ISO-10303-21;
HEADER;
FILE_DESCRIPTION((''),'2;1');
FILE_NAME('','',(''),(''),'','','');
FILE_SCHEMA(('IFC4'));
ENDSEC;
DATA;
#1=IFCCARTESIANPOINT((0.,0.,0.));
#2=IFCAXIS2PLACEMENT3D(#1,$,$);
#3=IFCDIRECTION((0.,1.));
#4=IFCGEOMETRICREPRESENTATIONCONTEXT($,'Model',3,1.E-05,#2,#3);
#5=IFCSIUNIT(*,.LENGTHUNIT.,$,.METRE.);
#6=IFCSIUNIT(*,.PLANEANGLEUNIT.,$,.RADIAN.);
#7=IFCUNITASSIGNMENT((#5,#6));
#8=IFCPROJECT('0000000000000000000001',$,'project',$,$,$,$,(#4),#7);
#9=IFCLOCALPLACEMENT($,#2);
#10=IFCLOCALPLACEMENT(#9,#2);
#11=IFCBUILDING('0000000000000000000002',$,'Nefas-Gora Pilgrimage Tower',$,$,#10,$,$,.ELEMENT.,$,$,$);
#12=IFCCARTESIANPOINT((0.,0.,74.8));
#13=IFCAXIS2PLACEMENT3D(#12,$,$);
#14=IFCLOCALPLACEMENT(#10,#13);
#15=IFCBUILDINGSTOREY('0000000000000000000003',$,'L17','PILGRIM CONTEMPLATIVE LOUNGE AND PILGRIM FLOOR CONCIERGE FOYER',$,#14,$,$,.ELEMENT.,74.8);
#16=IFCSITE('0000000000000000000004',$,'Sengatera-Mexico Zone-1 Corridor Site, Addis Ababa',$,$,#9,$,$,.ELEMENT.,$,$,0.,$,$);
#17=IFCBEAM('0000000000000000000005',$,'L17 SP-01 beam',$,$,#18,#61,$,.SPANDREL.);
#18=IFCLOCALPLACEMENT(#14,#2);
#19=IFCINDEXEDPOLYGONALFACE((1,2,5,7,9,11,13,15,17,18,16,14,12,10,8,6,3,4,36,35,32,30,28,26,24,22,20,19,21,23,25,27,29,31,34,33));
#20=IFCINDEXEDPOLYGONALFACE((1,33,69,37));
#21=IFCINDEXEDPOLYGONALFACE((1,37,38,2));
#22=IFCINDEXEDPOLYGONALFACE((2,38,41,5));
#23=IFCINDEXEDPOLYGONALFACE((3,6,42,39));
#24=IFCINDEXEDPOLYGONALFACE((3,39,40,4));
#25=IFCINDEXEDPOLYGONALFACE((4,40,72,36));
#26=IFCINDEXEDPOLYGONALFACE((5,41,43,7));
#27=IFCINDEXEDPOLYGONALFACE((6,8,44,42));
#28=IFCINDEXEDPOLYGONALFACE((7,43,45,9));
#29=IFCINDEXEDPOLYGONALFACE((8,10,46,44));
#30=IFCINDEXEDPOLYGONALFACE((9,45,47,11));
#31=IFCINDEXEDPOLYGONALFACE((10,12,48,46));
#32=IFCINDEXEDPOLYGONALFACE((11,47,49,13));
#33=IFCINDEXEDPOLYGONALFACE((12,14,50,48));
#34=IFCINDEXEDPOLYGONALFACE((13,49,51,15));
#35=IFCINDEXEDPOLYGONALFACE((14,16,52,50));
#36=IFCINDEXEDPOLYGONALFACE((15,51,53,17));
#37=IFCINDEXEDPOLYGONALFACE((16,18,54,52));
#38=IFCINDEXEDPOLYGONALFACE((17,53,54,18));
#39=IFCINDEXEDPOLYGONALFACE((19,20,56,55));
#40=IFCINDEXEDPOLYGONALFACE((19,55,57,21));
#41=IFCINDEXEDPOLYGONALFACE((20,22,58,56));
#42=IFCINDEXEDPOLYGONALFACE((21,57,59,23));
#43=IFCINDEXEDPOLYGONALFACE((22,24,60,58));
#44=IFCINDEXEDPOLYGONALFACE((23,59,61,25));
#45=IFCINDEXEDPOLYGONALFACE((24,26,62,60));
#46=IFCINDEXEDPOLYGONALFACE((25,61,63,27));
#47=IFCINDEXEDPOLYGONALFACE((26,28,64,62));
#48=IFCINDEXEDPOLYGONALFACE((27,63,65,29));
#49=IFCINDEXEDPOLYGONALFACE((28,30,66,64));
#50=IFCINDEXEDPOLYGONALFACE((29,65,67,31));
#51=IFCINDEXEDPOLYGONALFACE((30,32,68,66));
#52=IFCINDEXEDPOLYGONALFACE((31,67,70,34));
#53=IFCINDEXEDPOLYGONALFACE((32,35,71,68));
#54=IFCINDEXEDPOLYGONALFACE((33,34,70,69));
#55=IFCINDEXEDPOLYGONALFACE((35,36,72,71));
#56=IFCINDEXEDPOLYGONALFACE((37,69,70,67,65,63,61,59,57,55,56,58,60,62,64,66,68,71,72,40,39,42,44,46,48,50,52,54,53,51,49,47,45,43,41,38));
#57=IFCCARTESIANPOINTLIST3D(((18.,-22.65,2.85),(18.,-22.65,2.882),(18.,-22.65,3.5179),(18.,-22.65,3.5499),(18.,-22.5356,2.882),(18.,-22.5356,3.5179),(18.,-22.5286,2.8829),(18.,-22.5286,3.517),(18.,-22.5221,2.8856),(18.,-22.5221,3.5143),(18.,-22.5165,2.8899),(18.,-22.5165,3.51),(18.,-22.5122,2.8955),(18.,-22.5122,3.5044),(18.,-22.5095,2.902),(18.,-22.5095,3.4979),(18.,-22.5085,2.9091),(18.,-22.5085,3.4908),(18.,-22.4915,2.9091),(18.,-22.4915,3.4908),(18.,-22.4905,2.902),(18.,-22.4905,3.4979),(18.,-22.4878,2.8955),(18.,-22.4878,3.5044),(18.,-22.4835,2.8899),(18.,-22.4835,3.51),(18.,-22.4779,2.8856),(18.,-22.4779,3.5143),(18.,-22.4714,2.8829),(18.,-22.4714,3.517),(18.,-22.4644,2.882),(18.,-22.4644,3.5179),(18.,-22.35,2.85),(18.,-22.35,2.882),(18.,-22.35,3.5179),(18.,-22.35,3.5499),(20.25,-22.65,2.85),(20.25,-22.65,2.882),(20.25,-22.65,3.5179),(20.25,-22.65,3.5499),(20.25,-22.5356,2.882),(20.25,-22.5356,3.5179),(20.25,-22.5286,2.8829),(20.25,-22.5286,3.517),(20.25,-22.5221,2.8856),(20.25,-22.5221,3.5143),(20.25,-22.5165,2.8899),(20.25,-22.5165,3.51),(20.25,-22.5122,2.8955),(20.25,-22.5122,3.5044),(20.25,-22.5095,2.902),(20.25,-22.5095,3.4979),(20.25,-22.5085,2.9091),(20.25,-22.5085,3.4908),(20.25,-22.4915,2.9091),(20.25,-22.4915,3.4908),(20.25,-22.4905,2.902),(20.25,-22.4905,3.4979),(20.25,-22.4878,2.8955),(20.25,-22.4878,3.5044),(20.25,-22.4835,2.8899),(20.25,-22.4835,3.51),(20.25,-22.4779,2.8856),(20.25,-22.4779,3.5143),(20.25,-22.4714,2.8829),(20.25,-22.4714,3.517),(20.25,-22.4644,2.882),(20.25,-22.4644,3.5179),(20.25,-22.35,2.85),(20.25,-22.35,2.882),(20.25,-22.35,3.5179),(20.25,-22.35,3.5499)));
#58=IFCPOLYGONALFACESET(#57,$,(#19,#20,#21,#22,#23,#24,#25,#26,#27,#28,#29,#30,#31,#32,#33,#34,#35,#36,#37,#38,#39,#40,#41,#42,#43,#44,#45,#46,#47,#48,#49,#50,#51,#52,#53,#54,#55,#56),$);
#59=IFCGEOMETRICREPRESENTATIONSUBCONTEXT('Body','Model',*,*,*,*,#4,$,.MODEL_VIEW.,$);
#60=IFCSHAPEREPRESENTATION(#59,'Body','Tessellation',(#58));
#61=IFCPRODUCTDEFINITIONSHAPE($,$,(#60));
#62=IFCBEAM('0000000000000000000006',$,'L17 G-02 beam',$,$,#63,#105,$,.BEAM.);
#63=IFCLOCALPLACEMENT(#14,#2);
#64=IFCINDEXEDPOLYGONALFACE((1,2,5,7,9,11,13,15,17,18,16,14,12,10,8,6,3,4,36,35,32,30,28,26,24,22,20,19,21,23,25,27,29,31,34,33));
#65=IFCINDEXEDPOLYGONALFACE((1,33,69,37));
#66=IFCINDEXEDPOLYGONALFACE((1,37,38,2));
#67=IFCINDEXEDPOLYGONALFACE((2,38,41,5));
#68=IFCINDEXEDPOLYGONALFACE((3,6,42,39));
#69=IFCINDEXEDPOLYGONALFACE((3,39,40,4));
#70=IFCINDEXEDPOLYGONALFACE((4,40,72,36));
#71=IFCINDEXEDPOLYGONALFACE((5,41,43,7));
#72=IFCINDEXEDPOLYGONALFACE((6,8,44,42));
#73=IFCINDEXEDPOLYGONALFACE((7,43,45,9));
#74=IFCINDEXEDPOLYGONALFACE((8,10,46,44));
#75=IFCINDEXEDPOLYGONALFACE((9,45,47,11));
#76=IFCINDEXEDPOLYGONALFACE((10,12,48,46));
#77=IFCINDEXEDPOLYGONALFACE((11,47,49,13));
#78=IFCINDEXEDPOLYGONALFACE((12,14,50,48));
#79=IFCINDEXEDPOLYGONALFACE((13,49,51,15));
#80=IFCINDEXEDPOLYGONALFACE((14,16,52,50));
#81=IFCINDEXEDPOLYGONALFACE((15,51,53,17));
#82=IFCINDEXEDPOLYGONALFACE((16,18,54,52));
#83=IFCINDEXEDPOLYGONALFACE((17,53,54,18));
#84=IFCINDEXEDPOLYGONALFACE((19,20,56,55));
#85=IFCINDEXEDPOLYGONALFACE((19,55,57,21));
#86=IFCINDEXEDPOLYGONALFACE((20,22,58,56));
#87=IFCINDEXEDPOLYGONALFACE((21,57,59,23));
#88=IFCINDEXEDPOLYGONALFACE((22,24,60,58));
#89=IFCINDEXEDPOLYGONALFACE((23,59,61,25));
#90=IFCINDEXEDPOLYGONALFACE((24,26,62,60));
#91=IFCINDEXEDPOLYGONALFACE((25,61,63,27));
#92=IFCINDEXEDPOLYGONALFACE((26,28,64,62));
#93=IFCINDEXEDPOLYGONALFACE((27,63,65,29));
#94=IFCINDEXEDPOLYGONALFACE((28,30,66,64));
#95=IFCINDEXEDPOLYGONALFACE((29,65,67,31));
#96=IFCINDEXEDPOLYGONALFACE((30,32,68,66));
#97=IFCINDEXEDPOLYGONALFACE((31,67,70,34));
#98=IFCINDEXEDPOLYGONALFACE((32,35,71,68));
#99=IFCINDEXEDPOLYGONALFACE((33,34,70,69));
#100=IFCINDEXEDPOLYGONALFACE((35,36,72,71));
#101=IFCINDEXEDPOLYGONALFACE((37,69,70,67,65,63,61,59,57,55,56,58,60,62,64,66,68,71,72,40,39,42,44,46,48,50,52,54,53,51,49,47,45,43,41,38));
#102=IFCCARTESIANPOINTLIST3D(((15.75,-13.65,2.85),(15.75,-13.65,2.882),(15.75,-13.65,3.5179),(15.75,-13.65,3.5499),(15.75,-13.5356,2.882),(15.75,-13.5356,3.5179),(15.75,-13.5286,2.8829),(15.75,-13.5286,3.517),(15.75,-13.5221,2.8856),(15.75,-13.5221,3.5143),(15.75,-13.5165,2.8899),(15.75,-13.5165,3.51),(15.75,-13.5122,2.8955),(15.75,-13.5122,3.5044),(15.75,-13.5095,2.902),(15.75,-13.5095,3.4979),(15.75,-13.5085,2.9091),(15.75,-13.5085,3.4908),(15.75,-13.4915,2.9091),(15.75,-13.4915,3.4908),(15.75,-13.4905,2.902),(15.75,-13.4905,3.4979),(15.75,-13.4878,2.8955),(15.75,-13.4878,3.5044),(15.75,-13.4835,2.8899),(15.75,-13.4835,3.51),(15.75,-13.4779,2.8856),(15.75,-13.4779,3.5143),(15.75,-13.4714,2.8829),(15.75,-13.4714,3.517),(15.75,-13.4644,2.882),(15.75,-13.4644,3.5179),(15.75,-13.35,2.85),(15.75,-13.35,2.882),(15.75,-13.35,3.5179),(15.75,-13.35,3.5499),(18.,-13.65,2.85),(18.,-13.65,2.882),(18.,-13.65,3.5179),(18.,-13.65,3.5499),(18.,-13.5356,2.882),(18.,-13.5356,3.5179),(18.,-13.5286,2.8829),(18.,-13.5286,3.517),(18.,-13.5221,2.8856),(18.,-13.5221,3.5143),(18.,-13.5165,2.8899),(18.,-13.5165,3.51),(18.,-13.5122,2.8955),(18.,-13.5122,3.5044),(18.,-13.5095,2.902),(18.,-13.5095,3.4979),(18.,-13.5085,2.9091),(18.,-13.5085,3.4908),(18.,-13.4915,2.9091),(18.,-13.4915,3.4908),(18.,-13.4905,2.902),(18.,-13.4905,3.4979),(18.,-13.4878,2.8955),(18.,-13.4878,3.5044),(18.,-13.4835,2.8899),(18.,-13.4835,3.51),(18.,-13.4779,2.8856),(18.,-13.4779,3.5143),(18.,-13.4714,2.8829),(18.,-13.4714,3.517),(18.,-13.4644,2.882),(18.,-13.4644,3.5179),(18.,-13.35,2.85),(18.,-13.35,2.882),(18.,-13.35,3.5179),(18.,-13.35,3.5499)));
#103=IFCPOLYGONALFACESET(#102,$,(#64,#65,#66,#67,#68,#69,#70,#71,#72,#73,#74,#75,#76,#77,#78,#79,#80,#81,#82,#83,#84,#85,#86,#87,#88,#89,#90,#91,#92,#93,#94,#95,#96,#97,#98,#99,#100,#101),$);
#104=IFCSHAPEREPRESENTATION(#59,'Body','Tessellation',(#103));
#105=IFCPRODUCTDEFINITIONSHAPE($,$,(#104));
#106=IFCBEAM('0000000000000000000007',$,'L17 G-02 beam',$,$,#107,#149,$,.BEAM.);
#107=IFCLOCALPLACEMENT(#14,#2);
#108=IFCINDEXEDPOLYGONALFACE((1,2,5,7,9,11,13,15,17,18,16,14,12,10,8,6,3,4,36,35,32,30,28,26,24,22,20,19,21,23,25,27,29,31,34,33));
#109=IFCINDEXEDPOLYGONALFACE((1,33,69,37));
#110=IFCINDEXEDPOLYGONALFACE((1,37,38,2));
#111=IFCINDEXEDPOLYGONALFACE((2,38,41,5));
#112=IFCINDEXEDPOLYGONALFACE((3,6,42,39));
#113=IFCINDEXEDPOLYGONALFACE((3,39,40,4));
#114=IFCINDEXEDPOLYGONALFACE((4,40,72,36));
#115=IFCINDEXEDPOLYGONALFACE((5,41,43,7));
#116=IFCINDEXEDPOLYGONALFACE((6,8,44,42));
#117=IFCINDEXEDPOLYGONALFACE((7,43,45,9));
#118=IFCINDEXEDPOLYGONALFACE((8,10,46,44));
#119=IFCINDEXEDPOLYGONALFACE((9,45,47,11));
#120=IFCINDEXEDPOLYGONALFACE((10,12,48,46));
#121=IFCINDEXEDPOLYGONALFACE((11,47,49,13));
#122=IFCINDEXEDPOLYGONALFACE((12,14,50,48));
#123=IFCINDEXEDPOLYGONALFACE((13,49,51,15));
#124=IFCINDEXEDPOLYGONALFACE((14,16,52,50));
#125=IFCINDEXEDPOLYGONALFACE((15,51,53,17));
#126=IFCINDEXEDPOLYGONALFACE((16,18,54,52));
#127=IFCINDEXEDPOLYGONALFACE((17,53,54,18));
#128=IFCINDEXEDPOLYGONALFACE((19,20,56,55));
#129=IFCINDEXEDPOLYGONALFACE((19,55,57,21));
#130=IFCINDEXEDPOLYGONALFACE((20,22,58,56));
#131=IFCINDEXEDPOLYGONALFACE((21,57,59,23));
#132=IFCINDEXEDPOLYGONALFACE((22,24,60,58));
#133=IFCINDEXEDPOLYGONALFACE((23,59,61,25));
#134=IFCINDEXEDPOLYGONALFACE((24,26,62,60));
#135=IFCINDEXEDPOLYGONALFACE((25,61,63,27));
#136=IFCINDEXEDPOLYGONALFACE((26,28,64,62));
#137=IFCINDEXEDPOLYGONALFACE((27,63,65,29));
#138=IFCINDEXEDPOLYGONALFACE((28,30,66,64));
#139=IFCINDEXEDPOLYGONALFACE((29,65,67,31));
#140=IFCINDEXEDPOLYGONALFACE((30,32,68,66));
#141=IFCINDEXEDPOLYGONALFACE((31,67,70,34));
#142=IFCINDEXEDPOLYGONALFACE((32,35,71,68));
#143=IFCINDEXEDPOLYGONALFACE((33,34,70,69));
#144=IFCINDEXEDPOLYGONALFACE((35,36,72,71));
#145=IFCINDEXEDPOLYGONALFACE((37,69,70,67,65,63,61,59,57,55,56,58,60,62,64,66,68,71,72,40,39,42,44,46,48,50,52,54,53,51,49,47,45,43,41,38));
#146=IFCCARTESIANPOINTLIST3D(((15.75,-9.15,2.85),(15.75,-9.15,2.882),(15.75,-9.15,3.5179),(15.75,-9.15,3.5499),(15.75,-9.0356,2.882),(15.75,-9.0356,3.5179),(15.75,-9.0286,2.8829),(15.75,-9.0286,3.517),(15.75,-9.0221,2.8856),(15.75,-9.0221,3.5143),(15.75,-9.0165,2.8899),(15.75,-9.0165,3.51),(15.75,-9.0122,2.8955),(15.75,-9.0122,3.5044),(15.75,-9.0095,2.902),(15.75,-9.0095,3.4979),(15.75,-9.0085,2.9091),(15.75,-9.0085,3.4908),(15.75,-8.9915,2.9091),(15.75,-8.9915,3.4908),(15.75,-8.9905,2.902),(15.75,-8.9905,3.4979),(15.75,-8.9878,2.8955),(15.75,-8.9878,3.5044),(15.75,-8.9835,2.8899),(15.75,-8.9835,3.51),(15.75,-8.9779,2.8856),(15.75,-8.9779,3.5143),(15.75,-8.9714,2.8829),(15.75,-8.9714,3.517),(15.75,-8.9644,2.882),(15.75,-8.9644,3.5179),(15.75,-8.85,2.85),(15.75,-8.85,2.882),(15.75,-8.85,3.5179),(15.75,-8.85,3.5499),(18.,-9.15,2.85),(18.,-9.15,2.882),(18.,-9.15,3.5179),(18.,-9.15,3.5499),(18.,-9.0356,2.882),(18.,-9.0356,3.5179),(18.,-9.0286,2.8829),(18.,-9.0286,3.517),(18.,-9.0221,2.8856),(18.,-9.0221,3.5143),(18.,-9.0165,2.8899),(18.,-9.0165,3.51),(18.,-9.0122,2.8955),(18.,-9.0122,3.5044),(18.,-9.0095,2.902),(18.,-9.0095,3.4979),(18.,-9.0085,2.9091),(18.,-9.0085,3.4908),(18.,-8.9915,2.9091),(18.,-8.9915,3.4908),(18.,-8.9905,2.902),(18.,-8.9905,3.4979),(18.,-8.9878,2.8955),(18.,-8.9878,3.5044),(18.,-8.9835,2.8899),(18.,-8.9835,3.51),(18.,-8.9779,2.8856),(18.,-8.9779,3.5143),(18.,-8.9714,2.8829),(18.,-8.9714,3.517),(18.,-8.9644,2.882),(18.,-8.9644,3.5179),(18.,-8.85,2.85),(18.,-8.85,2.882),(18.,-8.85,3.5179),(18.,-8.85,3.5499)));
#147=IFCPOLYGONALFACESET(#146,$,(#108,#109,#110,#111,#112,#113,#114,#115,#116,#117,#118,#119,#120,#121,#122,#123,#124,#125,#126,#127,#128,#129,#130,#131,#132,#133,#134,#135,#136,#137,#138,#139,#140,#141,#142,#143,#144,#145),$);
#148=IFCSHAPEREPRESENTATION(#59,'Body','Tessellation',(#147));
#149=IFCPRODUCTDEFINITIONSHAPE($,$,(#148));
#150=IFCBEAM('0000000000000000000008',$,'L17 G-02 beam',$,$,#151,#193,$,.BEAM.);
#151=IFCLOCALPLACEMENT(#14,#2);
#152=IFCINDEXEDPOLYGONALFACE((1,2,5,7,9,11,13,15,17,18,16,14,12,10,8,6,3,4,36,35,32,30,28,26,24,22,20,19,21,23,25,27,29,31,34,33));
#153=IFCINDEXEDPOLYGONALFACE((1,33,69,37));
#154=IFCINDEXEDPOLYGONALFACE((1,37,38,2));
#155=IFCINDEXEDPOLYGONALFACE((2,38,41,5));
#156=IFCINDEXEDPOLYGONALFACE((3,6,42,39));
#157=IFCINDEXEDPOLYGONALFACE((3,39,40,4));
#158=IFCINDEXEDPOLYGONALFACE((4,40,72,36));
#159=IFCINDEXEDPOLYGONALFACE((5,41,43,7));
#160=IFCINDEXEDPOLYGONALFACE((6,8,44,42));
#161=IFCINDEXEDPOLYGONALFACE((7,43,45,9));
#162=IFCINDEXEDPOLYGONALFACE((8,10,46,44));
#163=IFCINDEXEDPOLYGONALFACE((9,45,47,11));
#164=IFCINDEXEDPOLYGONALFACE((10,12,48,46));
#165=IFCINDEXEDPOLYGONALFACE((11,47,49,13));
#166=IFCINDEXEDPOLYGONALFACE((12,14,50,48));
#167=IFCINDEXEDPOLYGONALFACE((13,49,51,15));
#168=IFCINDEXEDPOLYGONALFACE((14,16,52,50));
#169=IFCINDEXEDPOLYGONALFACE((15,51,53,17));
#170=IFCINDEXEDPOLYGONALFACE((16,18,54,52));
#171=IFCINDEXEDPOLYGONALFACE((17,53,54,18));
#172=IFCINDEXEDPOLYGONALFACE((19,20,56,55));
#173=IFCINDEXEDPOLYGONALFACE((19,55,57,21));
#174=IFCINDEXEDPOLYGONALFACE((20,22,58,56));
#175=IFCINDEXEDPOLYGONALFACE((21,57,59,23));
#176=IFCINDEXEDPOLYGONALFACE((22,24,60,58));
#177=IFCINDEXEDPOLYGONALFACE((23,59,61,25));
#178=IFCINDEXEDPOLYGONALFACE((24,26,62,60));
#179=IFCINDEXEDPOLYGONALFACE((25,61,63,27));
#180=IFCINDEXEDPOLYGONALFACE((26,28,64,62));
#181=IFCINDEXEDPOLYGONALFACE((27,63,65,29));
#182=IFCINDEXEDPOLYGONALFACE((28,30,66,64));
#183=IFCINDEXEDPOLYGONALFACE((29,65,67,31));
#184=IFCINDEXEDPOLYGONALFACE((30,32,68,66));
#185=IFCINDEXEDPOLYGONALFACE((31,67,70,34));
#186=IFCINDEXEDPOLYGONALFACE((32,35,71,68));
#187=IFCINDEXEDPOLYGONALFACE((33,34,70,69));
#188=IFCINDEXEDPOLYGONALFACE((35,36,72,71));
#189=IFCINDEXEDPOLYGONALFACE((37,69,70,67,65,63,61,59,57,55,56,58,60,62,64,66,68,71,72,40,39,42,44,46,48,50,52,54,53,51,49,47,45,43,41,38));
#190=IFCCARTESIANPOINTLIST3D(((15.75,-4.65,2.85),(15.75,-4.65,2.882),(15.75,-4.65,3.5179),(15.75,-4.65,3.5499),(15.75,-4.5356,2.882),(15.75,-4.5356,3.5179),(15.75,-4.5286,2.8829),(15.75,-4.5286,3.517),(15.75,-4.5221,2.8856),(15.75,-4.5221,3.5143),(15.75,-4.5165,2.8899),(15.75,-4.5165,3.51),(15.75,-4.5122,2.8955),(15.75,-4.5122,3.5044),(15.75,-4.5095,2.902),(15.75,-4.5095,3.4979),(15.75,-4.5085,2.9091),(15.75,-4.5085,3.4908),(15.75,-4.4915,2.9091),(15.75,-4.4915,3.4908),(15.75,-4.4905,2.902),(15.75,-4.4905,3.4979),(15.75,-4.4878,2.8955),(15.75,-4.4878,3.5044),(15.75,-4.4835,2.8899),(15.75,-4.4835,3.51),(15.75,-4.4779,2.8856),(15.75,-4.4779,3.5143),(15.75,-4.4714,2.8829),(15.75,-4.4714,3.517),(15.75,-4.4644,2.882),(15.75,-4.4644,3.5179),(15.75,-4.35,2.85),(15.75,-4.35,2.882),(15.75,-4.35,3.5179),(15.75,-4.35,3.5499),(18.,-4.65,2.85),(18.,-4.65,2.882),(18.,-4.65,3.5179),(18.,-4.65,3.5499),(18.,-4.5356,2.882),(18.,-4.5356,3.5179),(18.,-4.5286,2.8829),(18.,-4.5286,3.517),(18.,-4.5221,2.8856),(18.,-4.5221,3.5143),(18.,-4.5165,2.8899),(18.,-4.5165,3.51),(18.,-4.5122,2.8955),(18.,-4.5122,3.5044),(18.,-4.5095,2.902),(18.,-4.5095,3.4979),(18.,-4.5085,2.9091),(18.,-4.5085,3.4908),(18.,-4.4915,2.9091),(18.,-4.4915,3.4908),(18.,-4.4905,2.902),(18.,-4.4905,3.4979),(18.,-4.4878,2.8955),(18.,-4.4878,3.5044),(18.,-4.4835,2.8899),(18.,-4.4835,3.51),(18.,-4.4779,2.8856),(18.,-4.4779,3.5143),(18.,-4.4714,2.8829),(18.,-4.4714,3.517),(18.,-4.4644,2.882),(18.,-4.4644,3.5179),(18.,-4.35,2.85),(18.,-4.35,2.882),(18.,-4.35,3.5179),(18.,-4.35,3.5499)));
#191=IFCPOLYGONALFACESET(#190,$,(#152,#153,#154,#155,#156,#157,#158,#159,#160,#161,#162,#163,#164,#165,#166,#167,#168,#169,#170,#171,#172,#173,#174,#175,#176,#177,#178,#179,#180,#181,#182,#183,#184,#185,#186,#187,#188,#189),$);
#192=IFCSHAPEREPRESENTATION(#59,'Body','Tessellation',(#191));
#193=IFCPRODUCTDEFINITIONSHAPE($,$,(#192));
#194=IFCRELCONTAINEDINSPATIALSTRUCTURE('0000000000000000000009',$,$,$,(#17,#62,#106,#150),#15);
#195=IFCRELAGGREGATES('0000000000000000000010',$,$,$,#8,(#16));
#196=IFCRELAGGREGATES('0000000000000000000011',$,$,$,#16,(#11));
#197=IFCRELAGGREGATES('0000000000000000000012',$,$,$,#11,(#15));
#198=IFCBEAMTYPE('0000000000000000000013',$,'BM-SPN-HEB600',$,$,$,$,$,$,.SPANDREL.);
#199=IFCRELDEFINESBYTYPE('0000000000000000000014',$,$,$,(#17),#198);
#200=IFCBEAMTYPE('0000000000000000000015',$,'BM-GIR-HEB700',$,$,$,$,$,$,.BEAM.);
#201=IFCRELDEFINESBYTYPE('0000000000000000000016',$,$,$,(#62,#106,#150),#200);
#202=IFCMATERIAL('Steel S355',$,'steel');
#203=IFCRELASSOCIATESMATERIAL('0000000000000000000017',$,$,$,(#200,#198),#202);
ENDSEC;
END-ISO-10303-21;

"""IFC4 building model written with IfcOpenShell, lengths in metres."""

from ifc_helpers import new_model, si_unit, direction, frame, origin, origin_2d, place, context, subcontext, project, spatial, i_section, extrude, source, transform, mapped, material, material_profile, profile_set, type_object, element, save


model = new_model("IFC4")

# Units and contexts
model_context = context("Model", 3, precision=1e-05, world=origin(), true_north=direction((0.0, 1.0)))
body_context = subcontext(model_context, "Body", "Model", "MODEL_VIEW")
ifc_project = project(units=[si_unit("LENGTHUNIT", "METRE"), si_unit("PLANEANGLEUNIT", "RADIAN")], contexts=[model_context])

# Site, building, storey
site_placement = place(None, origin())
site = spatial("IfcSite", under=ifc_project, at=site_placement, Name="Sengatera-Mexico Zone-1 Corridor Site, Addis Ababa", CompositionType="ELEMENT", RefElevation=0.0)
building_placement = place(site_placement, origin())
building = spatial("IfcBuilding", under=site, at=building_placement, Name="Nefas-Gora Pilgrimage Tower", CompositionType="ELEMENT")
storey_placement = place(building_placement, frame((0.0, 0.0, 74.8)))
storey = spatial("IfcBuildingStorey", under=building, at=storey_placement, Name="L17", Description="PILGRIM CONTEMPLATIVE LOUNGE AND PILGRIM FLOOR CONCIERGE FOYER", CompositionType="ELEMENT", Elevation=74.8)

# Beams
ifc_material_1 = material(Name="Steel S355", Category="steel")
ifc_material_profile_1 = material_profile(ifc_material_1, i_section(OverallWidth=0.3, OverallDepth=0.7, WebThickness=0.0171, FlangeThickness=0.032, FilletRadius=0.0271, at=origin_2d()), Name="HEB 700")
ifc_profile_set_1 = profile_set([ifc_material_profile_1], Name="Steel S355")
beam_type_1 = type_object("IfcBeamType", Name="BM-GIR-HEB700", PredefinedType="BEAM", material=ifc_profile_set_1)
ifc_material_profile_2 = material_profile(ifc_material_1, i_section(OverallWidth=0.3, OverallDepth=0.7, WebThickness=0.0171, FlangeThickness=0.032, FilletRadius=0.0271, at=origin_2d()), Name="HEB 700")
ifc_profile_set_2 = profile_set([ifc_material_profile_2], Name="Steel S355")
beam_type_2 = type_object("IfcBeamType", Name="BM-SPN-HEB600", PredefinedType="SPANDREL", material=ifc_profile_set_2)
shared_shape_1 = source(origin(), body_context, "Body", "SweptSolid", [
    extrude(i_section(OverallWidth=0.3, OverallDepth=0.7, WebThickness=0.0171, FlangeThickness=0.032, FilletRadius=0.0271, at=origin_2d()), origin(), (0.0, 0.0, 1.0), 2.25),
])
for number, where, z_axis, x_axis, name in (
    (1, (18.0, -22.5, 3.2), (1.0, 0.0, 0.0), (0.0, 1.0, 0.0), "L17 SP-01 beam"),
):
    element("IfcBeam", number, at=place(storey_placement, frame(where, z_axis=z_axis, x_axis=x_axis)), inside=storey, type_object=beam_type_2, Name=name, PredefinedType="SPANDREL", context=body_context, shape_type="MappedRepresentation", body=[
        mapped(shared_shape_1, transform((0.0, 0.0, 0.0), x_axis=(1.0, 0.0, 0.0), y_axis=(0.0, 1.0, 0.0), z_axis=(0.0, 0.0, 1.0), scale=1.0)),
    ])
shared_shape_2 = source(origin(), body_context, "Body", "SweptSolid", [
    extrude(i_section(OverallWidth=0.3, OverallDepth=0.7, WebThickness=0.0171, FlangeThickness=0.032, FilletRadius=0.0271, at=origin_2d()), origin(), (0.0, 0.0, 1.0), 2.25),
])
for number, where, z_axis, x_axis, name in (
    (2, (15.75, -13.5, 3.2), (1.0, 0.0, 0.0), (0.0, 1.0, 0.0), "L17 G-02 beam"),
    (3, (15.75, -9.0, 3.2), (1.0, 0.0, 0.0), (0.0, 1.0, 0.0), "L17 G-02 beam"),
    (4, (15.75, -4.5, 3.2), (1.0, 0.0, 0.0), (0.0, 1.0, 0.0), "L17 G-02 beam"),
):
    element("IfcBeam", number, at=place(storey_placement, frame(where, z_axis=z_axis, x_axis=x_axis)), inside=storey, type_object=beam_type_1, Name=name, PredefinedType="BEAM", context=body_context, shape_type="MappedRepresentation", body=[
        mapped(shared_shape_2, transform((0.0, 0.0, 0.0), x_axis=(1.0, 0.0, 0.0), y_axis=(0.0, 1.0, 0.0), z_axis=(0.0, 0.0, 1.0), scale=1.0)),
    ])

save(model, "model.ifc")
